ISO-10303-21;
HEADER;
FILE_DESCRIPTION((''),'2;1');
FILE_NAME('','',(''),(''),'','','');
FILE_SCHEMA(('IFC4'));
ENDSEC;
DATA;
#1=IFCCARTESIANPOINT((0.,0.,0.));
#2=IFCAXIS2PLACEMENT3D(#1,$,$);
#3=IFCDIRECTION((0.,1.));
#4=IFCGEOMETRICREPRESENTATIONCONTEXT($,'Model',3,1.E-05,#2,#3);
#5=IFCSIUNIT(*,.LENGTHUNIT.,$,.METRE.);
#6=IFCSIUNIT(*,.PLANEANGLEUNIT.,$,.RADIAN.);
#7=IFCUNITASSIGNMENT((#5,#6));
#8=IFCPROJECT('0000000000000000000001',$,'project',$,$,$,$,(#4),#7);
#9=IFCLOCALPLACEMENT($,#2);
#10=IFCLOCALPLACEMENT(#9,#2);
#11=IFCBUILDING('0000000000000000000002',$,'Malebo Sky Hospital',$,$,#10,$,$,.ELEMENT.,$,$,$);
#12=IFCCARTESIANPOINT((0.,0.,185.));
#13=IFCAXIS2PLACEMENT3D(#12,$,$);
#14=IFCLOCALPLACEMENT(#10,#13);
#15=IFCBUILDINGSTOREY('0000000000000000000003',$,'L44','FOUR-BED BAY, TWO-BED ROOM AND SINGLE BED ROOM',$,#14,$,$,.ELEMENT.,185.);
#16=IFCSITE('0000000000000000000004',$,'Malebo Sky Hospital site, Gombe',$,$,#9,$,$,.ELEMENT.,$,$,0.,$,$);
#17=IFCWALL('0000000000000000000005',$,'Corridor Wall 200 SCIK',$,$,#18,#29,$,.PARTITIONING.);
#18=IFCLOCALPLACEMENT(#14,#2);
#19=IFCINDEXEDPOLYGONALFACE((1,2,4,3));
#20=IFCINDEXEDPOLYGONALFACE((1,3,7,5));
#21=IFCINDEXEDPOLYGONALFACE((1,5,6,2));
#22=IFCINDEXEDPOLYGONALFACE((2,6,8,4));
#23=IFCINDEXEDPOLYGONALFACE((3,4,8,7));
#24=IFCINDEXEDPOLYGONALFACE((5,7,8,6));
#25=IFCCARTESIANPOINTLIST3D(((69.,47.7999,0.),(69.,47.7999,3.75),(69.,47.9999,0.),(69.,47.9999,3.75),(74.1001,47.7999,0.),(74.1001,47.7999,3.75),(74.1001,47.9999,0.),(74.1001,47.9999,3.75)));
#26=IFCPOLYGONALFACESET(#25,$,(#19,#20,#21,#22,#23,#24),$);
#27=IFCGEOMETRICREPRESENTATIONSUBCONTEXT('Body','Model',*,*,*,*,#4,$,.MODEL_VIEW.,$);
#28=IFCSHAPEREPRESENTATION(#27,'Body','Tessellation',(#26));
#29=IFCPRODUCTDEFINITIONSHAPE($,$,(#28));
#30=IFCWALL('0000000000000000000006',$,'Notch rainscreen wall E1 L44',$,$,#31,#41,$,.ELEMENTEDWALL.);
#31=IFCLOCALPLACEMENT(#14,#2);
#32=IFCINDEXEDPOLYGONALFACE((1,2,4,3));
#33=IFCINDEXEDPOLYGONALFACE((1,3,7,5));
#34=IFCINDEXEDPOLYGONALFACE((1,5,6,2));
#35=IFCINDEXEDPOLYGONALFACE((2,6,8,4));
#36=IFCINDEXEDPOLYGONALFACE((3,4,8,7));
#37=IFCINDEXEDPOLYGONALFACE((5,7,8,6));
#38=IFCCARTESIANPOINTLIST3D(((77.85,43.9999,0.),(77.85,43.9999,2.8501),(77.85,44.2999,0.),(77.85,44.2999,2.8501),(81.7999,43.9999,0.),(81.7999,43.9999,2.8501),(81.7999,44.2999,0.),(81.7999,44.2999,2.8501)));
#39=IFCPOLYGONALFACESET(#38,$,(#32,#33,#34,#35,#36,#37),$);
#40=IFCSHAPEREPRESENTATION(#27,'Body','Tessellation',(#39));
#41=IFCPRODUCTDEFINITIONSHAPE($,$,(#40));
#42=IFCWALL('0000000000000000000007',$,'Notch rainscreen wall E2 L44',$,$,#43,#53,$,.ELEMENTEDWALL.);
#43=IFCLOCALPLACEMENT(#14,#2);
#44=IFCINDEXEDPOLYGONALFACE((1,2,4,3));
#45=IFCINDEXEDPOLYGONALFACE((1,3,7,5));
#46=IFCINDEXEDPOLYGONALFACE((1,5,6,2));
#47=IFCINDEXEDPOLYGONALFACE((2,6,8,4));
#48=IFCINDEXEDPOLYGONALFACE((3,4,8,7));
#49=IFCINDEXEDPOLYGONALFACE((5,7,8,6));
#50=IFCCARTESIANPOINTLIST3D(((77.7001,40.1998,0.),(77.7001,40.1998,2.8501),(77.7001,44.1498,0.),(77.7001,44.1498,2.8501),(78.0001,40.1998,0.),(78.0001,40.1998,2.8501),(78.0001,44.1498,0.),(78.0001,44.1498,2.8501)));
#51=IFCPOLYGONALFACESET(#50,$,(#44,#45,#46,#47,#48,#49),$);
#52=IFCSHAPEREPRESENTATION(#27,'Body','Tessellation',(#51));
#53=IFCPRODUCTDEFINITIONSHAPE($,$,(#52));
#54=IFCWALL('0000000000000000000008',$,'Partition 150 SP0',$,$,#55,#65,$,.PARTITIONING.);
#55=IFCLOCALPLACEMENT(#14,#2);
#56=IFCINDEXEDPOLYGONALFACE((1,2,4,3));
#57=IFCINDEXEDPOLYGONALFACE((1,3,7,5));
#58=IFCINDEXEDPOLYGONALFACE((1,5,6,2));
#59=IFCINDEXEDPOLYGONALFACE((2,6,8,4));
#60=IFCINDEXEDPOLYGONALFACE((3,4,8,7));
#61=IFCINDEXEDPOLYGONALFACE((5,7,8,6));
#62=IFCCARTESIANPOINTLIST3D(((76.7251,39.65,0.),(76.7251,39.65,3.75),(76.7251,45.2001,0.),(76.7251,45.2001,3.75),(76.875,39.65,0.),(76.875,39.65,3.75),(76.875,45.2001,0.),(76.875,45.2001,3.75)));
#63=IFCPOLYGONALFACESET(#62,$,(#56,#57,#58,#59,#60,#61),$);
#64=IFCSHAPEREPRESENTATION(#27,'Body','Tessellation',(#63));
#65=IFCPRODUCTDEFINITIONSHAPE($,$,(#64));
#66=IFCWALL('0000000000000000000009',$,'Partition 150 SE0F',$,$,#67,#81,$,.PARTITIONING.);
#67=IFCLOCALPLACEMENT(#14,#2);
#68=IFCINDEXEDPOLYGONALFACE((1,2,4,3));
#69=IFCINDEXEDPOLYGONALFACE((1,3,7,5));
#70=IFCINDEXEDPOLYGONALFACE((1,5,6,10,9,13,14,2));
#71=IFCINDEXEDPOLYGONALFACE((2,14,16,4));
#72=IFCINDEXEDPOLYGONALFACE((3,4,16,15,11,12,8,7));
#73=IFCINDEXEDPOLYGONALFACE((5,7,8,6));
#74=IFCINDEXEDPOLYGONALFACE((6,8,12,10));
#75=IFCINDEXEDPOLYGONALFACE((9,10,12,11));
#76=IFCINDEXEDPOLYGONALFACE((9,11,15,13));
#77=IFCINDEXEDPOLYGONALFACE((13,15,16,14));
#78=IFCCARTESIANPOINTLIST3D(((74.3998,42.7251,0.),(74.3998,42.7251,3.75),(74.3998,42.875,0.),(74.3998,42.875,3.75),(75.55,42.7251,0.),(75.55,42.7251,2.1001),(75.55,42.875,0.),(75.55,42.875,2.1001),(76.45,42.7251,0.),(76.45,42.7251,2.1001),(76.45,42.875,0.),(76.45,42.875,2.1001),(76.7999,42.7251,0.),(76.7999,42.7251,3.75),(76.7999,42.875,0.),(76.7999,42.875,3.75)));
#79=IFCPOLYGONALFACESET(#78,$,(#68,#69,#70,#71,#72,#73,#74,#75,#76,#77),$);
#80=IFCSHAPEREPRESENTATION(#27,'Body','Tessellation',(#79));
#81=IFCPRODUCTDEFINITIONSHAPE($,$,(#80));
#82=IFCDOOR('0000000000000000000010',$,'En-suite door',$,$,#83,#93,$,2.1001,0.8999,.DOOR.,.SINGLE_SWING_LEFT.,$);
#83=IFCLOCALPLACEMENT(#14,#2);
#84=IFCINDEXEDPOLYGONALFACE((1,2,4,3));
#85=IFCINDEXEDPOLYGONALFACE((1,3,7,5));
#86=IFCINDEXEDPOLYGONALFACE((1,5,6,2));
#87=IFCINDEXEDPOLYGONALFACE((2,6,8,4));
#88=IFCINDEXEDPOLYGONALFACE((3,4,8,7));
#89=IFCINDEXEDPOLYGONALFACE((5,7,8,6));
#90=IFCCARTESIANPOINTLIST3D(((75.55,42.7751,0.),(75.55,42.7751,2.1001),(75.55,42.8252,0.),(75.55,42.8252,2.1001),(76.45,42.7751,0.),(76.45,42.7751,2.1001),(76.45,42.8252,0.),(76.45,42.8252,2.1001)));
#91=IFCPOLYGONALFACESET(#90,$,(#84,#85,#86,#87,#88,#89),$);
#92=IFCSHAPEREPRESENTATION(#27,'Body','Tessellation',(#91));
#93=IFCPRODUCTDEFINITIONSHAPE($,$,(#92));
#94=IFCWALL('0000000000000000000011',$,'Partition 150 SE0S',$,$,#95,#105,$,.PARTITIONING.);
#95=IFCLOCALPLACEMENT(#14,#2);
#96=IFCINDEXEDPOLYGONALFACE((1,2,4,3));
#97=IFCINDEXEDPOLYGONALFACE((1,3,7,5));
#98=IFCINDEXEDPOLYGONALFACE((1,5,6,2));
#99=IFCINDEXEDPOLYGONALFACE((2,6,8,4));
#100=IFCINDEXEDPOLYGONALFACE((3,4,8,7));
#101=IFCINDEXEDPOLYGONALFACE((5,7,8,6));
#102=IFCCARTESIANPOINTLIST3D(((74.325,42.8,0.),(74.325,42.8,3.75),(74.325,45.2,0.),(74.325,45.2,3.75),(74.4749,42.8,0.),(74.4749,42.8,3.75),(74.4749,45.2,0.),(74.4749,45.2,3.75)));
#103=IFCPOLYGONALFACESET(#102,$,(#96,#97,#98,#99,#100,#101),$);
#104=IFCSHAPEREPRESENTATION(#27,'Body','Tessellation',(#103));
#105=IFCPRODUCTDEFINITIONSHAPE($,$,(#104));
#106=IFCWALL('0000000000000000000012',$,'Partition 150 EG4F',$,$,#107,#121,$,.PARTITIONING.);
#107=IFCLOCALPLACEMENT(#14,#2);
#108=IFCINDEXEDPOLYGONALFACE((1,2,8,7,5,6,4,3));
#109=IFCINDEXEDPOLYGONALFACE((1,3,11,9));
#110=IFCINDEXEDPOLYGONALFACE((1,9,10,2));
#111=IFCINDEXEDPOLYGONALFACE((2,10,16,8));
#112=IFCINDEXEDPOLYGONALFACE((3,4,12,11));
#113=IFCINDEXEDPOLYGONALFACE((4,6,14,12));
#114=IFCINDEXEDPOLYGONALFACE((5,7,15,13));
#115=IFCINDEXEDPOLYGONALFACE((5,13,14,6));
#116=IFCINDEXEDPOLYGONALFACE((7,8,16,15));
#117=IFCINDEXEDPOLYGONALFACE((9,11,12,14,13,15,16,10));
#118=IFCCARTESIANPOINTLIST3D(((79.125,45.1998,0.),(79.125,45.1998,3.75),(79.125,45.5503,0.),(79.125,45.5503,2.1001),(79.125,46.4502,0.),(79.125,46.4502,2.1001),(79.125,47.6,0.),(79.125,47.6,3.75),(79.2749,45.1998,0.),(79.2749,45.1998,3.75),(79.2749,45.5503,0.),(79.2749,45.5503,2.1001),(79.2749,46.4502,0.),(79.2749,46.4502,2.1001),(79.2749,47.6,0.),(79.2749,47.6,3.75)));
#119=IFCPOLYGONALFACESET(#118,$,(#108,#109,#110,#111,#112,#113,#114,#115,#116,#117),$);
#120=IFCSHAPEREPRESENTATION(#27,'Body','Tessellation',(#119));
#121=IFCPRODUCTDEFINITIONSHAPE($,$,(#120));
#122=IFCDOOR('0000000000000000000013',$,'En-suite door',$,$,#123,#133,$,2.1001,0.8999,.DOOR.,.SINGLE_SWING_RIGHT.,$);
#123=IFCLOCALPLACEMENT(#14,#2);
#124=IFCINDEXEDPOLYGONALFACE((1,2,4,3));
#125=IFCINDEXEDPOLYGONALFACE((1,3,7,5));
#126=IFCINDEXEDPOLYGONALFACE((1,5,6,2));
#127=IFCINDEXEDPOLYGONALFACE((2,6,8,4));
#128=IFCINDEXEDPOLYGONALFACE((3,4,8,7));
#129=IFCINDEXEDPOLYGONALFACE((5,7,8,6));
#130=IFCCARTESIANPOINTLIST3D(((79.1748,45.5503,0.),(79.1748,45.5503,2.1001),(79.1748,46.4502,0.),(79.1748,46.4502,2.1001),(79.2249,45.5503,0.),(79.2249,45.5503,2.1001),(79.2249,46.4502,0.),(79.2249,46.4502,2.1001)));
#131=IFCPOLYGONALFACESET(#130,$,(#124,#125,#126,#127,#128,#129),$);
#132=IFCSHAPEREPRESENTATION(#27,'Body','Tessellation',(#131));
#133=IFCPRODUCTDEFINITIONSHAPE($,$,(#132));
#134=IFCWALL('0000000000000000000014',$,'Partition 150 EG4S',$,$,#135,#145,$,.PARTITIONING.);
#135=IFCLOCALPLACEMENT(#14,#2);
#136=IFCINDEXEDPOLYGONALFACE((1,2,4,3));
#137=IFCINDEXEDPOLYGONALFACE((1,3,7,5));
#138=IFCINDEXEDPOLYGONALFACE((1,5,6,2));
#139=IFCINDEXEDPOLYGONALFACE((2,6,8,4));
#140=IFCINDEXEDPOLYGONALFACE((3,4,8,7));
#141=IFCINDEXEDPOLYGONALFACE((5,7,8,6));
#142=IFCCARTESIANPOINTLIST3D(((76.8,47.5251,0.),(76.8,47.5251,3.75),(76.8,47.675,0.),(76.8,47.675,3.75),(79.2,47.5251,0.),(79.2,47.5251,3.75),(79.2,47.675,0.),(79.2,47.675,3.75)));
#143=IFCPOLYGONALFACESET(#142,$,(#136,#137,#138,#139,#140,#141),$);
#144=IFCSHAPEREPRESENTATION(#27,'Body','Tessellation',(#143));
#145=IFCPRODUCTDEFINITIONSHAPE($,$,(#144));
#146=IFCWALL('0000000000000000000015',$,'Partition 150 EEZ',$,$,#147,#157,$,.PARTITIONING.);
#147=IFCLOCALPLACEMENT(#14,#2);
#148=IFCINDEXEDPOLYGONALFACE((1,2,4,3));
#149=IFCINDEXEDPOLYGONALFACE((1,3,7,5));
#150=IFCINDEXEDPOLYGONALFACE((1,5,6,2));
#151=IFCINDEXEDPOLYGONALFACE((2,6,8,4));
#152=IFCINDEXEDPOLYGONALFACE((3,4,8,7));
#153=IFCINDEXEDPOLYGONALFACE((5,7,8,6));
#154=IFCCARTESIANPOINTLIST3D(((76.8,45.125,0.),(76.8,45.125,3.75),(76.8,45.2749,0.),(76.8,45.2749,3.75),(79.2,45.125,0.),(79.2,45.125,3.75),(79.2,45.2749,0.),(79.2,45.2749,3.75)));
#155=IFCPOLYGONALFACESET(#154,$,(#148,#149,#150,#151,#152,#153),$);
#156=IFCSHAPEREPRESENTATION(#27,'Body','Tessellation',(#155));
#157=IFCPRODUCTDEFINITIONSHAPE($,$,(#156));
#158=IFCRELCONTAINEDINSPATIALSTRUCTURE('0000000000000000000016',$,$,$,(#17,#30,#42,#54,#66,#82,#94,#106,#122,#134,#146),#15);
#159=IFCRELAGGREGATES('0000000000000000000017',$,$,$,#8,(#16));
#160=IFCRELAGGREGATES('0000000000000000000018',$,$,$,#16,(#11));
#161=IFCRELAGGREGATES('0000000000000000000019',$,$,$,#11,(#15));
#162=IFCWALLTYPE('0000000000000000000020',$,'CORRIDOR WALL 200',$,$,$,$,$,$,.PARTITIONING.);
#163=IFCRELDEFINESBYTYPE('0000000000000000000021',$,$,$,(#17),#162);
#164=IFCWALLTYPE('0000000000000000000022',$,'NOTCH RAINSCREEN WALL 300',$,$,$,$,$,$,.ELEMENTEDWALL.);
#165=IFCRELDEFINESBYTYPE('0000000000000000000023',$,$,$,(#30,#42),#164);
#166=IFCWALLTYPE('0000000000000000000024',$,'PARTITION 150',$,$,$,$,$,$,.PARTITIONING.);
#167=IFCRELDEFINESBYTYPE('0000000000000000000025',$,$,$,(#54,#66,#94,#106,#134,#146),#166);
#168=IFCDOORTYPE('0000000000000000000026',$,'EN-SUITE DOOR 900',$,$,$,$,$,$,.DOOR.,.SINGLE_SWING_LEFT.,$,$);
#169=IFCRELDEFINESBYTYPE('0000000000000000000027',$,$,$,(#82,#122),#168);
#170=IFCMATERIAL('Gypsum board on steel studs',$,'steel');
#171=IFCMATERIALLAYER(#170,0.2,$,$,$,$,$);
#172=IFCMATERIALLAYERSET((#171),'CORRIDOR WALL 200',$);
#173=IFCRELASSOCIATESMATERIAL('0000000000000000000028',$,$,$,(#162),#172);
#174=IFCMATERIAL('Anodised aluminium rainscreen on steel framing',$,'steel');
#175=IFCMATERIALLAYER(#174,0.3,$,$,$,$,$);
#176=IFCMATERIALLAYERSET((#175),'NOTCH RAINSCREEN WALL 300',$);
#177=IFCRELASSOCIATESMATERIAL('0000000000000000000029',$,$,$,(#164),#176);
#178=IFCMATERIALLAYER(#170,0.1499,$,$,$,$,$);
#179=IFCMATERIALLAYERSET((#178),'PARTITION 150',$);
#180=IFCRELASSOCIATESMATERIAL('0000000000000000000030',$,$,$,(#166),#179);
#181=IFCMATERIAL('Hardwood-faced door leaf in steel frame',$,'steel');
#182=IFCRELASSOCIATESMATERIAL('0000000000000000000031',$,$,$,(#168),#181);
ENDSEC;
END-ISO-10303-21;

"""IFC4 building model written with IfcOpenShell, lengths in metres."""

from ifc_helpers import new_model, si_unit, direction, frame, frame_2d, origin, place, context, subcontext, project, spatial, rectangle, extrude, material, layer, layer_set, type_object, element, fill, save


model = new_model("IFC4")

# Units and contexts
model_context = context("Model", 3, precision=1e-05, world=origin(), true_north=direction((0.0, 1.0)))
body_context = subcontext(model_context, "Body", "Model", "MODEL_VIEW")
ifc_project = project(units=[si_unit("LENGTHUNIT", "METRE"), si_unit("PLANEANGLEUNIT", "RADIAN")], contexts=[model_context])

# Site, building, storey
site_placement = place(None, origin())
site = spatial("IfcSite", under=ifc_project, at=site_placement, Name="Malebo Sky Hospital site, Gombe", CompositionType="ELEMENT", RefElevation=0.0)
building_placement = place(site_placement, origin())
building = spatial("IfcBuilding", under=site, at=building_placement, Name="Malebo Sky Hospital", CompositionType="ELEMENT")
storey_placement = place(building_placement, frame((0.0, 0.0, 185.0)))
storey = spatial("IfcBuildingStorey", under=building, at=storey_placement, Name="L44", Description="FOUR-BED BAY, TWO-BED ROOM AND SINGLE BED ROOM", CompositionType="ELEMENT", Elevation=185.0)

# Shared definitions
ifc_material_1 = material(Name="Gypsum board on steel studs", Category="steel")
ifc_layer_1 = layer(ifc_material_1, 0.2)
ifc_layer_set_1 = layer_set([ifc_layer_1], Name="CORRIDOR WALL 200")
wall_type_1 = type_object("IfcWallType", Name="CORRIDOR WALL 200", PredefinedType="PARTITIONING", material=ifc_layer_set_1)
ifc_material_2 = material(Name="Hardwood-faced door leaf in steel frame", Category="steel")

# Walls
wall_1_placement = place(storey_placement, frame((74.1001, 47.8999, 0.0), z_axis=(0.0, 0.0, 1.0), x_axis=(-1.0, 0.0, 0.0)))
element("IfcWall", 1, at=wall_1_placement, inside=storey, type_object=wall_type_1, Name="Corridor Wall 200 SCIK", PredefinedType="PARTITIONING", context=body_context, shape_type="SweptSolid", body=[
    extrude(rectangle(XDim=5.1001, YDim=0.2, at=frame_2d((2.55, 0.0))), origin(), (0.0, 0.0, 1.0), 3.75),
])
ifc_material_3 = material(Name="Anodised aluminium rainscreen on steel framing", Category="steel")
ifc_layer_2 = layer(ifc_material_3, 0.3)
ifc_layer_set_2 = layer_set([ifc_layer_2], Name="NOTCH RAINSCREEN WALL 300")
wall_type_2 = type_object("IfcWallType", Name="NOTCH RAINSCREEN WALL 300", PredefinedType="ELEMENTEDWALL", material=ifc_layer_set_2)
for number, where, z_axis, x_axis, name in (
    (2, (81.8, 44.1499, 0.0), (0.0, 0.0, 1.0), (-1.0, 0.0, 0.0), "Notch rainscreen wall E1 L44"),
    (3, (77.8501, 44.1499, 0.0), (0.0, 0.0, 1.0), (0.0, -1.0, 0.0), "Notch rainscreen wall E2 L44"),
):
    element("IfcWall", number, at=place(storey_placement, frame(where, z_axis=z_axis, x_axis=x_axis)), inside=storey, type_object=wall_type_2, Name=name, PredefinedType="ELEMENTEDWALL", context=body_context, shape_type="SweptSolid", body=[
        extrude(rectangle(XDim=3.95, YDim=0.3, at=frame_2d((1.9751, 0.0))), origin(), (0.0, 0.0, 1.0), 2.8501),
    ])
ifc_layer_3 = layer(ifc_material_1, 0.1499)
ifc_layer_set_3 = layer_set([ifc_layer_3], Name="PARTITION 150")
wall_type_3 = type_object("IfcWallType", Name="PARTITION 150", PredefinedType="PARTITIONING", material=ifc_layer_set_3)
wall_2_placement = place(storey_placement, frame((76.8, 45.2, 0.0), z_axis=(0.0, 0.0, 1.0), x_axis=(0.0, -1.0, 0.0)))
element("IfcWall", 4, at=wall_2_placement, inside=storey, type_object=wall_type_3, Name="Partition 150 SP0", PredefinedType="PARTITIONING", context=body_context, shape_type="SweptSolid", body=[
    extrude(rectangle(XDim=5.55, YDim=0.1499, at=frame_2d((2.7749, 0.0))), origin(), (0.0, 0.0, 1.0), 3.75),
])

# Wall, opening, door
wall_3_placement = place(storey_placement, frame((76.8, 42.8, 0.0), z_axis=(0.0, 0.0, 1.0), x_axis=(-1.0, 0.0, 0.0)))
wall_3 = element("IfcWall", 5, at=wall_3_placement, inside=storey, type_object=wall_type_3, Name="Partition 150 SE0F", PredefinedType="PARTITIONING", context=body_context, shape_type="SweptSolid", body=[
    extrude(rectangle(XDim=2.4001, YDim=0.1499, at=frame_2d((1.2002, 0.0))), origin(), (0.0, 0.0, 1.0), 3.75),
])
opening_1_placement = place(wall_3_placement, frame((0.3501, 0.0, 0.0)))
opening_1 = element("IfcOpeningElement", 6, at=opening_1_placement, cuts=wall_3, PredefinedType="OPENING", context=body_context, shape_type="SweptSolid", body=[
    extrude(rectangle(XDim=0.8999, YDim=2.1001, at=frame_2d((0.45, 1.05))), frame((0.0, 0.085, 0.0), z_axis=(0.0, -1.0, 0.0), x_axis=(1.0, 0.0, 0.0)), (0.0, 0.0, 1.0), 0.1699),
])
door_type_1 = type_object("IfcDoorType", Name="EN-SUITE DOOR 900", OperationType="SINGLE_SWING_LEFT", PredefinedType="DOOR", material=ifc_material_2)
door_1_placement = place(opening_1_placement, origin())
door_1 = element("IfcDoor", 7, at=door_1_placement, inside=storey, type_object=door_type_1, Name="En-suite door", OperationType="SINGLE_SWING_LEFT", OverallHeight=2.1001, OverallWidth=0.8999, PredefinedType="DOOR", context=body_context, shape_type="SweptSolid", body=[
    extrude(rectangle(XDim=0.8999, YDim=2.1001, at=frame_2d((0.45, 1.05))), frame((0.0, 0.0249, 0.0), z_axis=(0.0, -1.0, 0.0), x_axis=(1.0, 0.0, 0.0)), (0.0, 0.0, 1.0), 0.05),
])
fill(opening_1, door_1)

# Wall
wall_4_placement = place(storey_placement, frame((74.3999, 45.2, 0.0), z_axis=(0.0, 0.0, 1.0), x_axis=(0.0, -1.0, 0.0)))
element("IfcWall", 8, at=wall_4_placement, inside=storey, type_object=wall_type_3, Name="Partition 150 SE0S", PredefinedType="PARTITIONING", context=body_context, shape_type="SweptSolid", body=[
    extrude(rectangle(XDim=2.3999, YDim=0.1499, at=frame_2d((1.2, 0.0))), origin(), (0.0, 0.0, 1.0), 3.75),
])

# Wall, opening, door
wall_5_placement = place(storey_placement, frame((79.2, 47.6001, 0.0), z_axis=(0.0, 0.0, 1.0), x_axis=(0.0, -1.0, 0.0)))
wall_5 = element("IfcWall", 9, at=wall_5_placement, inside=storey, type_object=wall_type_3, Name="Partition 150 EG4F", PredefinedType="PARTITIONING", context=body_context, shape_type="SweptSolid", body=[
    extrude(rectangle(XDim=2.4001, YDim=0.1499, at=frame_2d((1.2002, 0.0))), origin(), (0.0, 0.0, 1.0), 3.75),
])
opening_2_placement = place(wall_5_placement, frame((1.1499, 0.0, 0.0)))
opening_2 = element("IfcOpeningElement", 10, at=opening_2_placement, cuts=wall_5, PredefinedType="OPENING", context=body_context, shape_type="SweptSolid", body=[
    extrude(rectangle(XDim=0.8999, YDim=2.1001, at=frame_2d((0.45, 1.05))), frame((0.0, 0.085, 0.0), z_axis=(0.0, -1.0, 0.0), x_axis=(1.0, 0.0, 0.0)), (0.0, 0.0, 1.0), 0.1699),
])
door_2_placement = place(opening_2_placement, origin())
door_2 = element("IfcDoor", 11, at=door_2_placement, inside=storey, type_object=door_type_1, Name="En-suite door", OperationType="SINGLE_SWING_RIGHT", OverallHeight=2.1001, OverallWidth=0.8999, PredefinedType="DOOR", context=body_context, shape_type="SweptSolid", body=[
    extrude(rectangle(XDim=0.8999, YDim=2.1001, at=frame_2d((0.45, 1.05))), frame((0.0, 0.0249, 0.0), z_axis=(0.0, -1.0, 0.0), x_axis=(1.0, 0.0, 0.0)), (0.0, 0.0, 1.0), 0.05),
])
fill(opening_2, door_2)

# Walls
for number, where, z_axis, x_axis, name in (
    (12, (76.8, 47.6001, 0.0), (0.0, 0.0, 1.0), (1.0, 0.0, 0.0), "Partition 150 EG4S"),
    (13, (76.8, 45.2, 0.0), (0.0, 0.0, 1.0), (1.0, 0.0, 0.0), "Partition 150 EEZ"),
):
    element("IfcWall", number, at=place(storey_placement, frame(where, z_axis=z_axis, x_axis=x_axis)), inside=storey, type_object=wall_type_3, Name=name, PredefinedType="PARTITIONING", context=body_context, shape_type="SweptSolid", body=[
        extrude(rectangle(XDim=2.3999, YDim=0.1499, at=frame_2d((1.2, 0.0))), origin(), (0.0, 0.0, 1.0), 3.75),
    ])

save(model, "model.ifc")
